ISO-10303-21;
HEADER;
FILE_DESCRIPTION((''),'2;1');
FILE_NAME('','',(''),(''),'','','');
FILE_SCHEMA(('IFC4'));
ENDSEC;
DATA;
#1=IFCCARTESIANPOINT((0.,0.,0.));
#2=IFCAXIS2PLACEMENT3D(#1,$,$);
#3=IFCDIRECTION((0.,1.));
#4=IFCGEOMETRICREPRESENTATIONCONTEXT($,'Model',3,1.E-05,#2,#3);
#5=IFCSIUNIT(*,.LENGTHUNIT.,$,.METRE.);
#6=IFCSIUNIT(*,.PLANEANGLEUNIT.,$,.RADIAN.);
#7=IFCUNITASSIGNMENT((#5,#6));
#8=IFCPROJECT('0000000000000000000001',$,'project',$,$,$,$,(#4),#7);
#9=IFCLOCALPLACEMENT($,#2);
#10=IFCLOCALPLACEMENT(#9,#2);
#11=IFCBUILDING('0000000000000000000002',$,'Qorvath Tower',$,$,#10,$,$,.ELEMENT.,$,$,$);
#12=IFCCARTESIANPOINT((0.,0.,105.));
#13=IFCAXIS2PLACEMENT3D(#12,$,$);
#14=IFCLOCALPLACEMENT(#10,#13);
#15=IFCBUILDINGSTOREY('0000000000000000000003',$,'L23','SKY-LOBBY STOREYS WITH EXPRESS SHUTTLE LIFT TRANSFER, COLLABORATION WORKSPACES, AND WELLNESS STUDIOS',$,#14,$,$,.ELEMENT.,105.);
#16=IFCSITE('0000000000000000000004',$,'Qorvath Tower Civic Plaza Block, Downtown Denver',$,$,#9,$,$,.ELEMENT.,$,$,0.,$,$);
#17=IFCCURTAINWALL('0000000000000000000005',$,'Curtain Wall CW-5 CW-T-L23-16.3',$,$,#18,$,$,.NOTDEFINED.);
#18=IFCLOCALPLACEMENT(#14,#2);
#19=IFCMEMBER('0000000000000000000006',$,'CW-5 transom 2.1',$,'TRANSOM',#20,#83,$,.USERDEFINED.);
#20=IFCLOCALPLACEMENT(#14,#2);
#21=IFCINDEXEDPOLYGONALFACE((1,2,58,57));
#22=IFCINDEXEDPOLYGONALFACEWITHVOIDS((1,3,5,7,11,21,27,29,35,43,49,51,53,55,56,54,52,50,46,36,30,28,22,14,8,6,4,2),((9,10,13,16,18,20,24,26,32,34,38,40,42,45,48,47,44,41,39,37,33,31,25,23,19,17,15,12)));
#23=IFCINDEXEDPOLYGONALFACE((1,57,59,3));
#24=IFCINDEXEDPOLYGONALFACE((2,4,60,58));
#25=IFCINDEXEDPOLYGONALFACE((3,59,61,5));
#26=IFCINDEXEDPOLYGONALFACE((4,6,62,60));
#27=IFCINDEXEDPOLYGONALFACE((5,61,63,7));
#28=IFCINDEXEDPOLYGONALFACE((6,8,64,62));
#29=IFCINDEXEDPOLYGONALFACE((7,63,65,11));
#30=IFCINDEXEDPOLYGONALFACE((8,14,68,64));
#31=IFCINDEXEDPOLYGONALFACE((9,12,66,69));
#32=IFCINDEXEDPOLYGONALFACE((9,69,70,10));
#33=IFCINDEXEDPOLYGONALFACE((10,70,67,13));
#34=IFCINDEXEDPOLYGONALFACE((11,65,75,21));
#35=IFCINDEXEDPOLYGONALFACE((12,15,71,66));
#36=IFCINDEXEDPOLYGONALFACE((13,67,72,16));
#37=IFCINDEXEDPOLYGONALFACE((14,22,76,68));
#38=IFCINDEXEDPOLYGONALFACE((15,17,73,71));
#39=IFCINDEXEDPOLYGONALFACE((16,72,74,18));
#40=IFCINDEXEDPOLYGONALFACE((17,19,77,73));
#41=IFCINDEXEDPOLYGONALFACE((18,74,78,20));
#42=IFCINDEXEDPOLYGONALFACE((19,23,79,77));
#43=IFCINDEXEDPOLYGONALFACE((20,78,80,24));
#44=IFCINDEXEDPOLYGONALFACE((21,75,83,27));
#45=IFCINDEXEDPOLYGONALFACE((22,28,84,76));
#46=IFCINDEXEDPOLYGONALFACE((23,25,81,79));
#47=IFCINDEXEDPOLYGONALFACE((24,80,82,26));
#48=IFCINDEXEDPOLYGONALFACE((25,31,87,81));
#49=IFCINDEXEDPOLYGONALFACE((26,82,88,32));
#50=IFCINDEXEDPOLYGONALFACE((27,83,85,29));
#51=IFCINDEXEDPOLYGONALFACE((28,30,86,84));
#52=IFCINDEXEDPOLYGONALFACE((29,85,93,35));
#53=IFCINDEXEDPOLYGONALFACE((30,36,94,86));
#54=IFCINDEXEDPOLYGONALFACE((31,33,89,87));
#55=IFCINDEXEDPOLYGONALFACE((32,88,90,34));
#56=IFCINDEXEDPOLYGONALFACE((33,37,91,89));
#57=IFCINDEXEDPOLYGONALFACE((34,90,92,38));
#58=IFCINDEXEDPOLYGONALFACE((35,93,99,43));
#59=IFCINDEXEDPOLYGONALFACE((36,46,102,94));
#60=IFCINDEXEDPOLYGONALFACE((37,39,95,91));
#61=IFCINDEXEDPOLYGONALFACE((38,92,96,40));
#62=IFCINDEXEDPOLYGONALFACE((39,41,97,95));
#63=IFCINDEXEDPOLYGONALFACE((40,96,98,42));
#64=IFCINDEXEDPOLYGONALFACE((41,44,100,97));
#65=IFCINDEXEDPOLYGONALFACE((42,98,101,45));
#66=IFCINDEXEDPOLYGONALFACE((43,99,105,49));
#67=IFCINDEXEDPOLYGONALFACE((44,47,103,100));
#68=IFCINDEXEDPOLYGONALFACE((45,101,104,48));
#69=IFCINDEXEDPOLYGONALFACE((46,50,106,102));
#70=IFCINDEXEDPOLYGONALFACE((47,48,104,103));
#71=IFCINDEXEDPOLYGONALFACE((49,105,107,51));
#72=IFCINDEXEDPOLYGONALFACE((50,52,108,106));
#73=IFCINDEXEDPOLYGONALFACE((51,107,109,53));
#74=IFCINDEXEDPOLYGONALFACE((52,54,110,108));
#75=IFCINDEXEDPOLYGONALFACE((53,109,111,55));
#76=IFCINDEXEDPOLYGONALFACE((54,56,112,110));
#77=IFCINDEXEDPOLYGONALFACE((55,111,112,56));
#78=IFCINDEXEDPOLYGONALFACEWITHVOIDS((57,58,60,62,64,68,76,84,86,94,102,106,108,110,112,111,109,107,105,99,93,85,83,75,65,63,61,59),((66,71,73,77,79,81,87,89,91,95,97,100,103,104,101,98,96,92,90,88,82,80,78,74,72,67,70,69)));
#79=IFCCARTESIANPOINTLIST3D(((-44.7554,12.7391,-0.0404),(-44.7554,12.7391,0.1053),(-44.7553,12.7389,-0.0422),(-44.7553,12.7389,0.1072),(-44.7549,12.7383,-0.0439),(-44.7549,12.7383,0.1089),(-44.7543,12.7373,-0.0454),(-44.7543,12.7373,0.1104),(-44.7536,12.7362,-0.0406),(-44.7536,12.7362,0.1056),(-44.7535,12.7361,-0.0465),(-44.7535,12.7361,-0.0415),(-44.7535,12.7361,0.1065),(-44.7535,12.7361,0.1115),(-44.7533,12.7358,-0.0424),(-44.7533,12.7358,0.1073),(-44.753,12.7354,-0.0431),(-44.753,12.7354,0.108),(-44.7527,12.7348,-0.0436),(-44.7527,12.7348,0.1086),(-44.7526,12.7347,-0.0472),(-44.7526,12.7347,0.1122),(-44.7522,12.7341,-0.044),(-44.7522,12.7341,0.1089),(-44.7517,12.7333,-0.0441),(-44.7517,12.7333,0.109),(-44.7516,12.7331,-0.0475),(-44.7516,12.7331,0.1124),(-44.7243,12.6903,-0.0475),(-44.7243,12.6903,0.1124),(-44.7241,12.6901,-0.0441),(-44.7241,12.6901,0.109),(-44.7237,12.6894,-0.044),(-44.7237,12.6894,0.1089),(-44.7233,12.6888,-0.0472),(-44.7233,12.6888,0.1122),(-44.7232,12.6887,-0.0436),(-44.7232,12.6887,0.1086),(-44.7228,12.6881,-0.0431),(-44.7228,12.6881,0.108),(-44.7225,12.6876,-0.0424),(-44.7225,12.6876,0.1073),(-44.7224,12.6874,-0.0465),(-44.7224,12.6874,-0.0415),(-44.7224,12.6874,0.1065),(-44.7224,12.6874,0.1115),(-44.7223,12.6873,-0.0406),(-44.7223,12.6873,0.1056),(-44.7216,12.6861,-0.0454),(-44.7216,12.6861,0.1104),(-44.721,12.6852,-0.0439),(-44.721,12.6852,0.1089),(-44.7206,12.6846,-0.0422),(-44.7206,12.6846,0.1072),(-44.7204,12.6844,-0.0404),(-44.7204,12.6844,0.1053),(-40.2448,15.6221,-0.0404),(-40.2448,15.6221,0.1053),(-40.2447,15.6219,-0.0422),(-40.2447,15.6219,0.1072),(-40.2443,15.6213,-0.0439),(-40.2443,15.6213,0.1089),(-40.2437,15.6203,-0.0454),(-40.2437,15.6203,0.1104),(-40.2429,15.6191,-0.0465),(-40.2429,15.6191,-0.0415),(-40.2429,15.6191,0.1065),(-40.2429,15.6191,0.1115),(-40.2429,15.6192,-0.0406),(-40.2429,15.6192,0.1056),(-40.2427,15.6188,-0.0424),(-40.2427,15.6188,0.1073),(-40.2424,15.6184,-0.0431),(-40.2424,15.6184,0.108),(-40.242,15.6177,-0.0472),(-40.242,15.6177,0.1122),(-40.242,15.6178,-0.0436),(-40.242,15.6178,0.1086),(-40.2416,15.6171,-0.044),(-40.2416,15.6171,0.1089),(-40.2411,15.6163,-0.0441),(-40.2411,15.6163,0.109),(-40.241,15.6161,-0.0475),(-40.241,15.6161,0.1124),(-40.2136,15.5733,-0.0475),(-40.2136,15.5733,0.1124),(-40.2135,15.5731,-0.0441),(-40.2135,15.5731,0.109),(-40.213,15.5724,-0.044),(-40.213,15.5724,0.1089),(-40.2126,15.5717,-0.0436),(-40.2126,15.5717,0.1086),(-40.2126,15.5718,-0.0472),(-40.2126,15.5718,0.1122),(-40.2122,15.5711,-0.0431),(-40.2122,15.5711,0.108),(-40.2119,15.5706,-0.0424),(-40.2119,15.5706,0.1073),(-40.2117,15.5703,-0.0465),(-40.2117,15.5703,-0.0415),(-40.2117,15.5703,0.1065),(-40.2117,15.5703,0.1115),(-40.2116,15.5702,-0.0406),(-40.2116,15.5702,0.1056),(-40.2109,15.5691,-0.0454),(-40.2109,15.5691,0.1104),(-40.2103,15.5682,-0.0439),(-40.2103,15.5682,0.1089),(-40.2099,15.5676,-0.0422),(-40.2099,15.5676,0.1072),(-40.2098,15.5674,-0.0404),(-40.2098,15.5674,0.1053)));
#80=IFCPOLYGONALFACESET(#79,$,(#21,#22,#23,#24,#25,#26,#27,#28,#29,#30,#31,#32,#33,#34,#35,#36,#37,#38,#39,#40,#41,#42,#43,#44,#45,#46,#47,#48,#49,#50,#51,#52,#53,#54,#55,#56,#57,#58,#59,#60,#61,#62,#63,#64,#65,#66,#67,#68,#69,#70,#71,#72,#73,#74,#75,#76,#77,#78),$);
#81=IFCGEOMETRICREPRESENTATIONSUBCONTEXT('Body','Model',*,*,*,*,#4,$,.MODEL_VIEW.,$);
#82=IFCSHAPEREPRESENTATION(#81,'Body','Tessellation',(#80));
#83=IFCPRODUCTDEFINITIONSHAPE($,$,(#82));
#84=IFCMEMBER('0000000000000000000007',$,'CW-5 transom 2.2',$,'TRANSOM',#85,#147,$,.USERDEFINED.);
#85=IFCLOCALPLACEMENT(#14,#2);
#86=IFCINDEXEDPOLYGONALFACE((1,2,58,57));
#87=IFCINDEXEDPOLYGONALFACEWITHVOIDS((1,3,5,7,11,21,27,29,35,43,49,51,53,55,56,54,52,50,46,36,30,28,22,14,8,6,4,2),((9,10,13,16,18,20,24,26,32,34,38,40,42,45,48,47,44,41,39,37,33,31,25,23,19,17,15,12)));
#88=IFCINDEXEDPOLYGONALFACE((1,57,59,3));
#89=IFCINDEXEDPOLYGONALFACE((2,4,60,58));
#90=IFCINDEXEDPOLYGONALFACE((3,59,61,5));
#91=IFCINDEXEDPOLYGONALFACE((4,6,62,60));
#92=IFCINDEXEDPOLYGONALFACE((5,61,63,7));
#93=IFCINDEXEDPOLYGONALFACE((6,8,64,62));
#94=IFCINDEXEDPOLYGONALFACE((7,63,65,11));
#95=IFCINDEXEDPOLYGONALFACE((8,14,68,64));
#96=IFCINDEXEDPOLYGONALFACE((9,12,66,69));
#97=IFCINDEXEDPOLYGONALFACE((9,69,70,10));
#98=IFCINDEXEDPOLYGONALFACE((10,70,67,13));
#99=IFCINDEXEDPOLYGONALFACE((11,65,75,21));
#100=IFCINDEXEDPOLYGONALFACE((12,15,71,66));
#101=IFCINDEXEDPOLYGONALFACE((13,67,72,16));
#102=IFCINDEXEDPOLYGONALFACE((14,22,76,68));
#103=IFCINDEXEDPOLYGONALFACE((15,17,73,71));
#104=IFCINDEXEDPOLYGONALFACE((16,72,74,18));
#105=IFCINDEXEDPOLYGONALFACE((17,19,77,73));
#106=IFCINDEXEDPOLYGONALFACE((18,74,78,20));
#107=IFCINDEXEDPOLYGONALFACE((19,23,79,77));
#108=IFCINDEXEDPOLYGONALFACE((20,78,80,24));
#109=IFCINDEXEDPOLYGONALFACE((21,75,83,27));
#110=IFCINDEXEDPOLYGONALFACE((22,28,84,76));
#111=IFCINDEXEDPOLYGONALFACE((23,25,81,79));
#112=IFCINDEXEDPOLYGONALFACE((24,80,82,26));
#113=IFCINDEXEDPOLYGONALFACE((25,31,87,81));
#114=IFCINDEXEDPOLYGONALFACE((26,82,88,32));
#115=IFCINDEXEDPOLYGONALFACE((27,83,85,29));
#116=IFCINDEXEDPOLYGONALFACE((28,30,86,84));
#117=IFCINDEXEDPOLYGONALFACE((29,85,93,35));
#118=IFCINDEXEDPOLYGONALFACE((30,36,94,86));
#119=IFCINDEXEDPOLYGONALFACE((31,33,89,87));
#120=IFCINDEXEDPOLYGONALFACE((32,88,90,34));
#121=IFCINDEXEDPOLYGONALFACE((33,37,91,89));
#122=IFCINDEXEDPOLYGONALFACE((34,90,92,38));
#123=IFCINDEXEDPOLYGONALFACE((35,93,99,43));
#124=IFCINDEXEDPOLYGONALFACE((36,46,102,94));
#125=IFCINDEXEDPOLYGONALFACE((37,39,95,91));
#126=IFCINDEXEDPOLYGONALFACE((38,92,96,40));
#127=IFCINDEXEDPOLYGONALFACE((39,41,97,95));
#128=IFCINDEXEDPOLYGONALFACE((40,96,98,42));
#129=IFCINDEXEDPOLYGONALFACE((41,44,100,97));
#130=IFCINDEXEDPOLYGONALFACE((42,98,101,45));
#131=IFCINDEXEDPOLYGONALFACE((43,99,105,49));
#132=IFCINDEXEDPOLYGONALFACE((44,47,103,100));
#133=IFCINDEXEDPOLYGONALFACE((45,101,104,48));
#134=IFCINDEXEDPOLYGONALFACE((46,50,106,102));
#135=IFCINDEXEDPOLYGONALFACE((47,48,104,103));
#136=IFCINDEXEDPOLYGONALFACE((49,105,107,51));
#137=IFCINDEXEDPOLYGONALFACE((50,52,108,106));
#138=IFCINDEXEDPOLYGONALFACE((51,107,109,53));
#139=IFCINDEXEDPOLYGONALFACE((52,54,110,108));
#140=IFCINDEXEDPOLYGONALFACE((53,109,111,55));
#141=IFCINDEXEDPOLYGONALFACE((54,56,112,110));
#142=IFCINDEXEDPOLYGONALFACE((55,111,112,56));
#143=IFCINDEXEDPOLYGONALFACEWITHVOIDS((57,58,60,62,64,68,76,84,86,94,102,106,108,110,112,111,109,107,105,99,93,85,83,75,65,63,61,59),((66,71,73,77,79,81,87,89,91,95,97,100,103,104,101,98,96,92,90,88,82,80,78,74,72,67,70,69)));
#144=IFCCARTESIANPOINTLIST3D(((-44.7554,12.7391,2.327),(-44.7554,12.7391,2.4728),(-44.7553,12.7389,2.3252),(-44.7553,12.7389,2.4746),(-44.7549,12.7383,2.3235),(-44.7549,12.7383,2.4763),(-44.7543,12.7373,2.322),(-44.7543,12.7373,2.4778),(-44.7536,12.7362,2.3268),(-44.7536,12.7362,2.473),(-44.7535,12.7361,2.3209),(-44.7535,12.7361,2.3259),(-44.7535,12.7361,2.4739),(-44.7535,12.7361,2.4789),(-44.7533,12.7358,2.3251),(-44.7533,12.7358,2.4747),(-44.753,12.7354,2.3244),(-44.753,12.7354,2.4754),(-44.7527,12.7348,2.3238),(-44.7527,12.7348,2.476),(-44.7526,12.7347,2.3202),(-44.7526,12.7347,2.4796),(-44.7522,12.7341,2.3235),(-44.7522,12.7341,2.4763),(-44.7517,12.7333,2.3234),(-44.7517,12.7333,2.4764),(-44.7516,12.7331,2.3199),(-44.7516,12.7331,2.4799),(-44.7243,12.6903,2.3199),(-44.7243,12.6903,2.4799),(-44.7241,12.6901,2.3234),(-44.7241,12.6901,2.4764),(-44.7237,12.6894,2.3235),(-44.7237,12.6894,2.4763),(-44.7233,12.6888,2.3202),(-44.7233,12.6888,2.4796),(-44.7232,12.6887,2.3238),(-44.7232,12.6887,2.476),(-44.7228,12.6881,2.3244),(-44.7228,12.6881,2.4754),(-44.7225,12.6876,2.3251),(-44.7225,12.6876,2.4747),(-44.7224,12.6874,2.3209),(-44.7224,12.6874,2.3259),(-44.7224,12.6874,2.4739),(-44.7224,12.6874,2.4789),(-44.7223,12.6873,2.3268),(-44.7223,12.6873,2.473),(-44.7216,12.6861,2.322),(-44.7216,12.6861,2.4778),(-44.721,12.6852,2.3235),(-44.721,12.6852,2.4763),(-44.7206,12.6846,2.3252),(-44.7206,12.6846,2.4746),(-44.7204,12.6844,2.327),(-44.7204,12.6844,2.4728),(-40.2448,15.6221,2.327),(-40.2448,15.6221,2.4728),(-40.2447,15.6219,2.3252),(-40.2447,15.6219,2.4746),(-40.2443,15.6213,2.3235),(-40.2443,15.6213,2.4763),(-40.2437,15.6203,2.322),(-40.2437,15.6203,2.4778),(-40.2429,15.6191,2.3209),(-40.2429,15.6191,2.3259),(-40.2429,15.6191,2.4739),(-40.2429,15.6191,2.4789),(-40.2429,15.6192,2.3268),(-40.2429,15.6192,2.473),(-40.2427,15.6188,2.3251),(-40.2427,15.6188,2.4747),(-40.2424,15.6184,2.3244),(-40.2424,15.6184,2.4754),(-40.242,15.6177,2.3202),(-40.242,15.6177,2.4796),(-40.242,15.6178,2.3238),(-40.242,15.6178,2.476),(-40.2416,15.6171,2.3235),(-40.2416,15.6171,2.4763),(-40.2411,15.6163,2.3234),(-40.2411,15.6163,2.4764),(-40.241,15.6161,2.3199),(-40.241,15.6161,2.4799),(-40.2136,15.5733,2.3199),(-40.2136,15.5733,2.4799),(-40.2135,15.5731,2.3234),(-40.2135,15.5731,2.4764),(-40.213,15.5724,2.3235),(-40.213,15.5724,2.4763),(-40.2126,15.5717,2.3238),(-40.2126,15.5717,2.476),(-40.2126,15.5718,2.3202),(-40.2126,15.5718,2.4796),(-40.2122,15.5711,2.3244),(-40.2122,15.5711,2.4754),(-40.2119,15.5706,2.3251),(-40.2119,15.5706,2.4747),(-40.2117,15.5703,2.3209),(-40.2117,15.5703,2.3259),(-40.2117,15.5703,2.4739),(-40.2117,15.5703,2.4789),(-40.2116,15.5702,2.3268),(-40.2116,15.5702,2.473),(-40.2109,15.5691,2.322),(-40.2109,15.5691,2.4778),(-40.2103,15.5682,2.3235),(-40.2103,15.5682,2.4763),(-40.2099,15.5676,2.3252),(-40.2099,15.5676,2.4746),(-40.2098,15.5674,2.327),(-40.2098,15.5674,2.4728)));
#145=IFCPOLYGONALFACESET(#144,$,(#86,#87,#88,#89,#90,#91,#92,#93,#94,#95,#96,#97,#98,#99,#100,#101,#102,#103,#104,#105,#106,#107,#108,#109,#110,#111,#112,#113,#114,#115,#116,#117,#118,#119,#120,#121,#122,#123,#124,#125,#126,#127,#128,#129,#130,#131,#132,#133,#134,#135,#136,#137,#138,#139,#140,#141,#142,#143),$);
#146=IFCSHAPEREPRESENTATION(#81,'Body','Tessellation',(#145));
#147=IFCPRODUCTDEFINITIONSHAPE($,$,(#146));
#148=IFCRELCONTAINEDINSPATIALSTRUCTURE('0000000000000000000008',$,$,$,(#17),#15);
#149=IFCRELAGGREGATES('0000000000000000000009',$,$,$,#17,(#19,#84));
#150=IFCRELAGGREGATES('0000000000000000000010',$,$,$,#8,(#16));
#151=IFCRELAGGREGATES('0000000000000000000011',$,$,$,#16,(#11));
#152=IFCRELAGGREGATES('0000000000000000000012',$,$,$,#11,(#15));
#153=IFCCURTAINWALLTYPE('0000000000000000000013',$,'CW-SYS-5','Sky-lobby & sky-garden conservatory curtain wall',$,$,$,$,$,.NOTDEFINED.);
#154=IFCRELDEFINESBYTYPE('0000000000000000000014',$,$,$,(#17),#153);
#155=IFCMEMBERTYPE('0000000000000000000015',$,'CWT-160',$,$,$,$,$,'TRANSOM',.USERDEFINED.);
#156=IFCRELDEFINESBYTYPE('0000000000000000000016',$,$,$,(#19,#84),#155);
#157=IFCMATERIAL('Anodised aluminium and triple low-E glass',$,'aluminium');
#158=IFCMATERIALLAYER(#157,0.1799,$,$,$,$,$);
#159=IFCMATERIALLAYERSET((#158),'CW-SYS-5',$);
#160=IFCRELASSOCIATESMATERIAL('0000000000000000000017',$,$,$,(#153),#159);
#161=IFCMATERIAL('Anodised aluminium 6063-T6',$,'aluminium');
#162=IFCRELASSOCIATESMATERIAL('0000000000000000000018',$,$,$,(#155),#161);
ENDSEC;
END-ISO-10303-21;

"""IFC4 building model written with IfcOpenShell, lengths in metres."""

from ifc_helpers import new_model, si_unit, direction, frame, origin, origin_2d, place, context, subcontext, project, spatial, hollow_rectangle, extrude, material, layer, layer_set, material_profile, profile_set, type_object, element, aggregate, save


model = new_model("IFC4")

# Units and contexts
model_context = context("Model", 3, precision=1e-05, world=origin(), true_north=direction((0.0, 1.0)))
body_context = subcontext(model_context, "Body", "Model", "MODEL_VIEW")
ifc_project = project(units=[si_unit("LENGTHUNIT", "METRE"), si_unit("PLANEANGLEUNIT", "RADIAN")], contexts=[model_context])

# Site, building, storey
site_placement = place(None, origin())
site = spatial("IfcSite", under=ifc_project, at=site_placement, Name="Qorvath Tower Civic Plaza Block, Downtown Denver", CompositionType="ELEMENT", RefElevation=0.0)
building_placement = place(site_placement, origin())
building = spatial("IfcBuilding", under=site, at=building_placement, Name="Qorvath Tower", CompositionType="ELEMENT")
storey_placement = place(building_placement, frame((0.0, 0.0, 105.0)))
storey = spatial("IfcBuildingStorey", under=building, at=storey_placement, Name="L23", Description="SKY-LOBBY STOREYS WITH EXPRESS SHUTTLE LIFT TRANSFER, COLLABORATION WORKSPACES, AND WELLNESS STUDIOS", CompositionType="ELEMENT", Elevation=105.0)

# Shared definitions
ifc_material_1 = material(Name="Anodised aluminium and triple low-E glass", Category="aluminium")
ifc_layer_1 = layer(ifc_material_1, 0.1799)
ifc_layer_set_1 = layer_set([ifc_layer_1], Name="CW-SYS-5")
curtain_wall_type = type_object("IfcCurtainWallType", Name="CW-SYS-5", Description="Sky-lobby & sky-garden conservatory curtain wall", PredefinedType="NOTDEFINED", material=ifc_layer_set_1)

# Curtain wall, members
curtain_wall_1_placement = place(storey_placement, origin())
curtain_wall_1 = element("IfcCurtainWall", 1, at=curtain_wall_1_placement, inside=storey, type_object=curtain_wall_type, Name="Curtain Wall CW-5 CW-T-L23-16.3", PredefinedType="NOTDEFINED")
ifc_material_2 = material(Name="Anodised aluminium 6063-T6", Category="aluminium")
ifc_material_profile_1 = material_profile(ifc_material_2, hollow_rectangle(XDim=0.0649, YDim=0.1599, WallThickness=0.0034, InnerFilletRadius=0.0034, OuterFilletRadius=0.0071, at=origin_2d()), Name="CWT 160x65")
ifc_profile_set_1 = profile_set([ifc_material_profile_1], Name="Anodised aluminium 6063-T6")
member_type_1 = type_object("IfcMemberType", Name="CWT-160", ElementType="TRANSOM", PredefinedType="USERDEFINED", material=ifc_profile_set_1)
member_1_placement = place(storey_placement, frame((-40.2273, 15.5947, 0.0325), z_axis=(-0.842595, -0.538548, 0.0), x_axis=(0.538548, -0.842595, 0.0)))
member_1 = element("IfcMember", 2, at=member_1_placement, type_object=member_type_1, Name="CW-5 transom 2.1", ObjectType="TRANSOM", PredefinedType="USERDEFINED", context=body_context, shape_type="SweptSolid", body=[
    extrude(hollow_rectangle(XDim=0.0649, YDim=0.1599, WallThickness=0.0034, InnerFilletRadius=0.0034, OuterFilletRadius=0.0071, at=origin_2d()), origin(), (0.0, 0.0, 1.0), 5.3533),
])
member_2_placement = place(storey_placement, frame((-40.2273, 15.5947, 2.3999), z_axis=(-0.842595, -0.538548, 0.0), x_axis=(0.538548, -0.842595, 0.0)))
member_2 = element("IfcMember", 3, at=member_2_placement, type_object=member_type_1, Name="CW-5 transom 2.2", ObjectType="TRANSOM", PredefinedType="USERDEFINED", context=body_context, shape_type="SweptSolid", body=[
    extrude(hollow_rectangle(XDim=0.0649, YDim=0.1599, WallThickness=0.0034, InnerFilletRadius=0.0034, OuterFilletRadius=0.0071, at=origin_2d()), origin(), (0.0, 0.0, 1.0), 5.3533),
])

aggregate(curtain_wall_1, [member_1, member_2])

save(model, "model.ifc")
